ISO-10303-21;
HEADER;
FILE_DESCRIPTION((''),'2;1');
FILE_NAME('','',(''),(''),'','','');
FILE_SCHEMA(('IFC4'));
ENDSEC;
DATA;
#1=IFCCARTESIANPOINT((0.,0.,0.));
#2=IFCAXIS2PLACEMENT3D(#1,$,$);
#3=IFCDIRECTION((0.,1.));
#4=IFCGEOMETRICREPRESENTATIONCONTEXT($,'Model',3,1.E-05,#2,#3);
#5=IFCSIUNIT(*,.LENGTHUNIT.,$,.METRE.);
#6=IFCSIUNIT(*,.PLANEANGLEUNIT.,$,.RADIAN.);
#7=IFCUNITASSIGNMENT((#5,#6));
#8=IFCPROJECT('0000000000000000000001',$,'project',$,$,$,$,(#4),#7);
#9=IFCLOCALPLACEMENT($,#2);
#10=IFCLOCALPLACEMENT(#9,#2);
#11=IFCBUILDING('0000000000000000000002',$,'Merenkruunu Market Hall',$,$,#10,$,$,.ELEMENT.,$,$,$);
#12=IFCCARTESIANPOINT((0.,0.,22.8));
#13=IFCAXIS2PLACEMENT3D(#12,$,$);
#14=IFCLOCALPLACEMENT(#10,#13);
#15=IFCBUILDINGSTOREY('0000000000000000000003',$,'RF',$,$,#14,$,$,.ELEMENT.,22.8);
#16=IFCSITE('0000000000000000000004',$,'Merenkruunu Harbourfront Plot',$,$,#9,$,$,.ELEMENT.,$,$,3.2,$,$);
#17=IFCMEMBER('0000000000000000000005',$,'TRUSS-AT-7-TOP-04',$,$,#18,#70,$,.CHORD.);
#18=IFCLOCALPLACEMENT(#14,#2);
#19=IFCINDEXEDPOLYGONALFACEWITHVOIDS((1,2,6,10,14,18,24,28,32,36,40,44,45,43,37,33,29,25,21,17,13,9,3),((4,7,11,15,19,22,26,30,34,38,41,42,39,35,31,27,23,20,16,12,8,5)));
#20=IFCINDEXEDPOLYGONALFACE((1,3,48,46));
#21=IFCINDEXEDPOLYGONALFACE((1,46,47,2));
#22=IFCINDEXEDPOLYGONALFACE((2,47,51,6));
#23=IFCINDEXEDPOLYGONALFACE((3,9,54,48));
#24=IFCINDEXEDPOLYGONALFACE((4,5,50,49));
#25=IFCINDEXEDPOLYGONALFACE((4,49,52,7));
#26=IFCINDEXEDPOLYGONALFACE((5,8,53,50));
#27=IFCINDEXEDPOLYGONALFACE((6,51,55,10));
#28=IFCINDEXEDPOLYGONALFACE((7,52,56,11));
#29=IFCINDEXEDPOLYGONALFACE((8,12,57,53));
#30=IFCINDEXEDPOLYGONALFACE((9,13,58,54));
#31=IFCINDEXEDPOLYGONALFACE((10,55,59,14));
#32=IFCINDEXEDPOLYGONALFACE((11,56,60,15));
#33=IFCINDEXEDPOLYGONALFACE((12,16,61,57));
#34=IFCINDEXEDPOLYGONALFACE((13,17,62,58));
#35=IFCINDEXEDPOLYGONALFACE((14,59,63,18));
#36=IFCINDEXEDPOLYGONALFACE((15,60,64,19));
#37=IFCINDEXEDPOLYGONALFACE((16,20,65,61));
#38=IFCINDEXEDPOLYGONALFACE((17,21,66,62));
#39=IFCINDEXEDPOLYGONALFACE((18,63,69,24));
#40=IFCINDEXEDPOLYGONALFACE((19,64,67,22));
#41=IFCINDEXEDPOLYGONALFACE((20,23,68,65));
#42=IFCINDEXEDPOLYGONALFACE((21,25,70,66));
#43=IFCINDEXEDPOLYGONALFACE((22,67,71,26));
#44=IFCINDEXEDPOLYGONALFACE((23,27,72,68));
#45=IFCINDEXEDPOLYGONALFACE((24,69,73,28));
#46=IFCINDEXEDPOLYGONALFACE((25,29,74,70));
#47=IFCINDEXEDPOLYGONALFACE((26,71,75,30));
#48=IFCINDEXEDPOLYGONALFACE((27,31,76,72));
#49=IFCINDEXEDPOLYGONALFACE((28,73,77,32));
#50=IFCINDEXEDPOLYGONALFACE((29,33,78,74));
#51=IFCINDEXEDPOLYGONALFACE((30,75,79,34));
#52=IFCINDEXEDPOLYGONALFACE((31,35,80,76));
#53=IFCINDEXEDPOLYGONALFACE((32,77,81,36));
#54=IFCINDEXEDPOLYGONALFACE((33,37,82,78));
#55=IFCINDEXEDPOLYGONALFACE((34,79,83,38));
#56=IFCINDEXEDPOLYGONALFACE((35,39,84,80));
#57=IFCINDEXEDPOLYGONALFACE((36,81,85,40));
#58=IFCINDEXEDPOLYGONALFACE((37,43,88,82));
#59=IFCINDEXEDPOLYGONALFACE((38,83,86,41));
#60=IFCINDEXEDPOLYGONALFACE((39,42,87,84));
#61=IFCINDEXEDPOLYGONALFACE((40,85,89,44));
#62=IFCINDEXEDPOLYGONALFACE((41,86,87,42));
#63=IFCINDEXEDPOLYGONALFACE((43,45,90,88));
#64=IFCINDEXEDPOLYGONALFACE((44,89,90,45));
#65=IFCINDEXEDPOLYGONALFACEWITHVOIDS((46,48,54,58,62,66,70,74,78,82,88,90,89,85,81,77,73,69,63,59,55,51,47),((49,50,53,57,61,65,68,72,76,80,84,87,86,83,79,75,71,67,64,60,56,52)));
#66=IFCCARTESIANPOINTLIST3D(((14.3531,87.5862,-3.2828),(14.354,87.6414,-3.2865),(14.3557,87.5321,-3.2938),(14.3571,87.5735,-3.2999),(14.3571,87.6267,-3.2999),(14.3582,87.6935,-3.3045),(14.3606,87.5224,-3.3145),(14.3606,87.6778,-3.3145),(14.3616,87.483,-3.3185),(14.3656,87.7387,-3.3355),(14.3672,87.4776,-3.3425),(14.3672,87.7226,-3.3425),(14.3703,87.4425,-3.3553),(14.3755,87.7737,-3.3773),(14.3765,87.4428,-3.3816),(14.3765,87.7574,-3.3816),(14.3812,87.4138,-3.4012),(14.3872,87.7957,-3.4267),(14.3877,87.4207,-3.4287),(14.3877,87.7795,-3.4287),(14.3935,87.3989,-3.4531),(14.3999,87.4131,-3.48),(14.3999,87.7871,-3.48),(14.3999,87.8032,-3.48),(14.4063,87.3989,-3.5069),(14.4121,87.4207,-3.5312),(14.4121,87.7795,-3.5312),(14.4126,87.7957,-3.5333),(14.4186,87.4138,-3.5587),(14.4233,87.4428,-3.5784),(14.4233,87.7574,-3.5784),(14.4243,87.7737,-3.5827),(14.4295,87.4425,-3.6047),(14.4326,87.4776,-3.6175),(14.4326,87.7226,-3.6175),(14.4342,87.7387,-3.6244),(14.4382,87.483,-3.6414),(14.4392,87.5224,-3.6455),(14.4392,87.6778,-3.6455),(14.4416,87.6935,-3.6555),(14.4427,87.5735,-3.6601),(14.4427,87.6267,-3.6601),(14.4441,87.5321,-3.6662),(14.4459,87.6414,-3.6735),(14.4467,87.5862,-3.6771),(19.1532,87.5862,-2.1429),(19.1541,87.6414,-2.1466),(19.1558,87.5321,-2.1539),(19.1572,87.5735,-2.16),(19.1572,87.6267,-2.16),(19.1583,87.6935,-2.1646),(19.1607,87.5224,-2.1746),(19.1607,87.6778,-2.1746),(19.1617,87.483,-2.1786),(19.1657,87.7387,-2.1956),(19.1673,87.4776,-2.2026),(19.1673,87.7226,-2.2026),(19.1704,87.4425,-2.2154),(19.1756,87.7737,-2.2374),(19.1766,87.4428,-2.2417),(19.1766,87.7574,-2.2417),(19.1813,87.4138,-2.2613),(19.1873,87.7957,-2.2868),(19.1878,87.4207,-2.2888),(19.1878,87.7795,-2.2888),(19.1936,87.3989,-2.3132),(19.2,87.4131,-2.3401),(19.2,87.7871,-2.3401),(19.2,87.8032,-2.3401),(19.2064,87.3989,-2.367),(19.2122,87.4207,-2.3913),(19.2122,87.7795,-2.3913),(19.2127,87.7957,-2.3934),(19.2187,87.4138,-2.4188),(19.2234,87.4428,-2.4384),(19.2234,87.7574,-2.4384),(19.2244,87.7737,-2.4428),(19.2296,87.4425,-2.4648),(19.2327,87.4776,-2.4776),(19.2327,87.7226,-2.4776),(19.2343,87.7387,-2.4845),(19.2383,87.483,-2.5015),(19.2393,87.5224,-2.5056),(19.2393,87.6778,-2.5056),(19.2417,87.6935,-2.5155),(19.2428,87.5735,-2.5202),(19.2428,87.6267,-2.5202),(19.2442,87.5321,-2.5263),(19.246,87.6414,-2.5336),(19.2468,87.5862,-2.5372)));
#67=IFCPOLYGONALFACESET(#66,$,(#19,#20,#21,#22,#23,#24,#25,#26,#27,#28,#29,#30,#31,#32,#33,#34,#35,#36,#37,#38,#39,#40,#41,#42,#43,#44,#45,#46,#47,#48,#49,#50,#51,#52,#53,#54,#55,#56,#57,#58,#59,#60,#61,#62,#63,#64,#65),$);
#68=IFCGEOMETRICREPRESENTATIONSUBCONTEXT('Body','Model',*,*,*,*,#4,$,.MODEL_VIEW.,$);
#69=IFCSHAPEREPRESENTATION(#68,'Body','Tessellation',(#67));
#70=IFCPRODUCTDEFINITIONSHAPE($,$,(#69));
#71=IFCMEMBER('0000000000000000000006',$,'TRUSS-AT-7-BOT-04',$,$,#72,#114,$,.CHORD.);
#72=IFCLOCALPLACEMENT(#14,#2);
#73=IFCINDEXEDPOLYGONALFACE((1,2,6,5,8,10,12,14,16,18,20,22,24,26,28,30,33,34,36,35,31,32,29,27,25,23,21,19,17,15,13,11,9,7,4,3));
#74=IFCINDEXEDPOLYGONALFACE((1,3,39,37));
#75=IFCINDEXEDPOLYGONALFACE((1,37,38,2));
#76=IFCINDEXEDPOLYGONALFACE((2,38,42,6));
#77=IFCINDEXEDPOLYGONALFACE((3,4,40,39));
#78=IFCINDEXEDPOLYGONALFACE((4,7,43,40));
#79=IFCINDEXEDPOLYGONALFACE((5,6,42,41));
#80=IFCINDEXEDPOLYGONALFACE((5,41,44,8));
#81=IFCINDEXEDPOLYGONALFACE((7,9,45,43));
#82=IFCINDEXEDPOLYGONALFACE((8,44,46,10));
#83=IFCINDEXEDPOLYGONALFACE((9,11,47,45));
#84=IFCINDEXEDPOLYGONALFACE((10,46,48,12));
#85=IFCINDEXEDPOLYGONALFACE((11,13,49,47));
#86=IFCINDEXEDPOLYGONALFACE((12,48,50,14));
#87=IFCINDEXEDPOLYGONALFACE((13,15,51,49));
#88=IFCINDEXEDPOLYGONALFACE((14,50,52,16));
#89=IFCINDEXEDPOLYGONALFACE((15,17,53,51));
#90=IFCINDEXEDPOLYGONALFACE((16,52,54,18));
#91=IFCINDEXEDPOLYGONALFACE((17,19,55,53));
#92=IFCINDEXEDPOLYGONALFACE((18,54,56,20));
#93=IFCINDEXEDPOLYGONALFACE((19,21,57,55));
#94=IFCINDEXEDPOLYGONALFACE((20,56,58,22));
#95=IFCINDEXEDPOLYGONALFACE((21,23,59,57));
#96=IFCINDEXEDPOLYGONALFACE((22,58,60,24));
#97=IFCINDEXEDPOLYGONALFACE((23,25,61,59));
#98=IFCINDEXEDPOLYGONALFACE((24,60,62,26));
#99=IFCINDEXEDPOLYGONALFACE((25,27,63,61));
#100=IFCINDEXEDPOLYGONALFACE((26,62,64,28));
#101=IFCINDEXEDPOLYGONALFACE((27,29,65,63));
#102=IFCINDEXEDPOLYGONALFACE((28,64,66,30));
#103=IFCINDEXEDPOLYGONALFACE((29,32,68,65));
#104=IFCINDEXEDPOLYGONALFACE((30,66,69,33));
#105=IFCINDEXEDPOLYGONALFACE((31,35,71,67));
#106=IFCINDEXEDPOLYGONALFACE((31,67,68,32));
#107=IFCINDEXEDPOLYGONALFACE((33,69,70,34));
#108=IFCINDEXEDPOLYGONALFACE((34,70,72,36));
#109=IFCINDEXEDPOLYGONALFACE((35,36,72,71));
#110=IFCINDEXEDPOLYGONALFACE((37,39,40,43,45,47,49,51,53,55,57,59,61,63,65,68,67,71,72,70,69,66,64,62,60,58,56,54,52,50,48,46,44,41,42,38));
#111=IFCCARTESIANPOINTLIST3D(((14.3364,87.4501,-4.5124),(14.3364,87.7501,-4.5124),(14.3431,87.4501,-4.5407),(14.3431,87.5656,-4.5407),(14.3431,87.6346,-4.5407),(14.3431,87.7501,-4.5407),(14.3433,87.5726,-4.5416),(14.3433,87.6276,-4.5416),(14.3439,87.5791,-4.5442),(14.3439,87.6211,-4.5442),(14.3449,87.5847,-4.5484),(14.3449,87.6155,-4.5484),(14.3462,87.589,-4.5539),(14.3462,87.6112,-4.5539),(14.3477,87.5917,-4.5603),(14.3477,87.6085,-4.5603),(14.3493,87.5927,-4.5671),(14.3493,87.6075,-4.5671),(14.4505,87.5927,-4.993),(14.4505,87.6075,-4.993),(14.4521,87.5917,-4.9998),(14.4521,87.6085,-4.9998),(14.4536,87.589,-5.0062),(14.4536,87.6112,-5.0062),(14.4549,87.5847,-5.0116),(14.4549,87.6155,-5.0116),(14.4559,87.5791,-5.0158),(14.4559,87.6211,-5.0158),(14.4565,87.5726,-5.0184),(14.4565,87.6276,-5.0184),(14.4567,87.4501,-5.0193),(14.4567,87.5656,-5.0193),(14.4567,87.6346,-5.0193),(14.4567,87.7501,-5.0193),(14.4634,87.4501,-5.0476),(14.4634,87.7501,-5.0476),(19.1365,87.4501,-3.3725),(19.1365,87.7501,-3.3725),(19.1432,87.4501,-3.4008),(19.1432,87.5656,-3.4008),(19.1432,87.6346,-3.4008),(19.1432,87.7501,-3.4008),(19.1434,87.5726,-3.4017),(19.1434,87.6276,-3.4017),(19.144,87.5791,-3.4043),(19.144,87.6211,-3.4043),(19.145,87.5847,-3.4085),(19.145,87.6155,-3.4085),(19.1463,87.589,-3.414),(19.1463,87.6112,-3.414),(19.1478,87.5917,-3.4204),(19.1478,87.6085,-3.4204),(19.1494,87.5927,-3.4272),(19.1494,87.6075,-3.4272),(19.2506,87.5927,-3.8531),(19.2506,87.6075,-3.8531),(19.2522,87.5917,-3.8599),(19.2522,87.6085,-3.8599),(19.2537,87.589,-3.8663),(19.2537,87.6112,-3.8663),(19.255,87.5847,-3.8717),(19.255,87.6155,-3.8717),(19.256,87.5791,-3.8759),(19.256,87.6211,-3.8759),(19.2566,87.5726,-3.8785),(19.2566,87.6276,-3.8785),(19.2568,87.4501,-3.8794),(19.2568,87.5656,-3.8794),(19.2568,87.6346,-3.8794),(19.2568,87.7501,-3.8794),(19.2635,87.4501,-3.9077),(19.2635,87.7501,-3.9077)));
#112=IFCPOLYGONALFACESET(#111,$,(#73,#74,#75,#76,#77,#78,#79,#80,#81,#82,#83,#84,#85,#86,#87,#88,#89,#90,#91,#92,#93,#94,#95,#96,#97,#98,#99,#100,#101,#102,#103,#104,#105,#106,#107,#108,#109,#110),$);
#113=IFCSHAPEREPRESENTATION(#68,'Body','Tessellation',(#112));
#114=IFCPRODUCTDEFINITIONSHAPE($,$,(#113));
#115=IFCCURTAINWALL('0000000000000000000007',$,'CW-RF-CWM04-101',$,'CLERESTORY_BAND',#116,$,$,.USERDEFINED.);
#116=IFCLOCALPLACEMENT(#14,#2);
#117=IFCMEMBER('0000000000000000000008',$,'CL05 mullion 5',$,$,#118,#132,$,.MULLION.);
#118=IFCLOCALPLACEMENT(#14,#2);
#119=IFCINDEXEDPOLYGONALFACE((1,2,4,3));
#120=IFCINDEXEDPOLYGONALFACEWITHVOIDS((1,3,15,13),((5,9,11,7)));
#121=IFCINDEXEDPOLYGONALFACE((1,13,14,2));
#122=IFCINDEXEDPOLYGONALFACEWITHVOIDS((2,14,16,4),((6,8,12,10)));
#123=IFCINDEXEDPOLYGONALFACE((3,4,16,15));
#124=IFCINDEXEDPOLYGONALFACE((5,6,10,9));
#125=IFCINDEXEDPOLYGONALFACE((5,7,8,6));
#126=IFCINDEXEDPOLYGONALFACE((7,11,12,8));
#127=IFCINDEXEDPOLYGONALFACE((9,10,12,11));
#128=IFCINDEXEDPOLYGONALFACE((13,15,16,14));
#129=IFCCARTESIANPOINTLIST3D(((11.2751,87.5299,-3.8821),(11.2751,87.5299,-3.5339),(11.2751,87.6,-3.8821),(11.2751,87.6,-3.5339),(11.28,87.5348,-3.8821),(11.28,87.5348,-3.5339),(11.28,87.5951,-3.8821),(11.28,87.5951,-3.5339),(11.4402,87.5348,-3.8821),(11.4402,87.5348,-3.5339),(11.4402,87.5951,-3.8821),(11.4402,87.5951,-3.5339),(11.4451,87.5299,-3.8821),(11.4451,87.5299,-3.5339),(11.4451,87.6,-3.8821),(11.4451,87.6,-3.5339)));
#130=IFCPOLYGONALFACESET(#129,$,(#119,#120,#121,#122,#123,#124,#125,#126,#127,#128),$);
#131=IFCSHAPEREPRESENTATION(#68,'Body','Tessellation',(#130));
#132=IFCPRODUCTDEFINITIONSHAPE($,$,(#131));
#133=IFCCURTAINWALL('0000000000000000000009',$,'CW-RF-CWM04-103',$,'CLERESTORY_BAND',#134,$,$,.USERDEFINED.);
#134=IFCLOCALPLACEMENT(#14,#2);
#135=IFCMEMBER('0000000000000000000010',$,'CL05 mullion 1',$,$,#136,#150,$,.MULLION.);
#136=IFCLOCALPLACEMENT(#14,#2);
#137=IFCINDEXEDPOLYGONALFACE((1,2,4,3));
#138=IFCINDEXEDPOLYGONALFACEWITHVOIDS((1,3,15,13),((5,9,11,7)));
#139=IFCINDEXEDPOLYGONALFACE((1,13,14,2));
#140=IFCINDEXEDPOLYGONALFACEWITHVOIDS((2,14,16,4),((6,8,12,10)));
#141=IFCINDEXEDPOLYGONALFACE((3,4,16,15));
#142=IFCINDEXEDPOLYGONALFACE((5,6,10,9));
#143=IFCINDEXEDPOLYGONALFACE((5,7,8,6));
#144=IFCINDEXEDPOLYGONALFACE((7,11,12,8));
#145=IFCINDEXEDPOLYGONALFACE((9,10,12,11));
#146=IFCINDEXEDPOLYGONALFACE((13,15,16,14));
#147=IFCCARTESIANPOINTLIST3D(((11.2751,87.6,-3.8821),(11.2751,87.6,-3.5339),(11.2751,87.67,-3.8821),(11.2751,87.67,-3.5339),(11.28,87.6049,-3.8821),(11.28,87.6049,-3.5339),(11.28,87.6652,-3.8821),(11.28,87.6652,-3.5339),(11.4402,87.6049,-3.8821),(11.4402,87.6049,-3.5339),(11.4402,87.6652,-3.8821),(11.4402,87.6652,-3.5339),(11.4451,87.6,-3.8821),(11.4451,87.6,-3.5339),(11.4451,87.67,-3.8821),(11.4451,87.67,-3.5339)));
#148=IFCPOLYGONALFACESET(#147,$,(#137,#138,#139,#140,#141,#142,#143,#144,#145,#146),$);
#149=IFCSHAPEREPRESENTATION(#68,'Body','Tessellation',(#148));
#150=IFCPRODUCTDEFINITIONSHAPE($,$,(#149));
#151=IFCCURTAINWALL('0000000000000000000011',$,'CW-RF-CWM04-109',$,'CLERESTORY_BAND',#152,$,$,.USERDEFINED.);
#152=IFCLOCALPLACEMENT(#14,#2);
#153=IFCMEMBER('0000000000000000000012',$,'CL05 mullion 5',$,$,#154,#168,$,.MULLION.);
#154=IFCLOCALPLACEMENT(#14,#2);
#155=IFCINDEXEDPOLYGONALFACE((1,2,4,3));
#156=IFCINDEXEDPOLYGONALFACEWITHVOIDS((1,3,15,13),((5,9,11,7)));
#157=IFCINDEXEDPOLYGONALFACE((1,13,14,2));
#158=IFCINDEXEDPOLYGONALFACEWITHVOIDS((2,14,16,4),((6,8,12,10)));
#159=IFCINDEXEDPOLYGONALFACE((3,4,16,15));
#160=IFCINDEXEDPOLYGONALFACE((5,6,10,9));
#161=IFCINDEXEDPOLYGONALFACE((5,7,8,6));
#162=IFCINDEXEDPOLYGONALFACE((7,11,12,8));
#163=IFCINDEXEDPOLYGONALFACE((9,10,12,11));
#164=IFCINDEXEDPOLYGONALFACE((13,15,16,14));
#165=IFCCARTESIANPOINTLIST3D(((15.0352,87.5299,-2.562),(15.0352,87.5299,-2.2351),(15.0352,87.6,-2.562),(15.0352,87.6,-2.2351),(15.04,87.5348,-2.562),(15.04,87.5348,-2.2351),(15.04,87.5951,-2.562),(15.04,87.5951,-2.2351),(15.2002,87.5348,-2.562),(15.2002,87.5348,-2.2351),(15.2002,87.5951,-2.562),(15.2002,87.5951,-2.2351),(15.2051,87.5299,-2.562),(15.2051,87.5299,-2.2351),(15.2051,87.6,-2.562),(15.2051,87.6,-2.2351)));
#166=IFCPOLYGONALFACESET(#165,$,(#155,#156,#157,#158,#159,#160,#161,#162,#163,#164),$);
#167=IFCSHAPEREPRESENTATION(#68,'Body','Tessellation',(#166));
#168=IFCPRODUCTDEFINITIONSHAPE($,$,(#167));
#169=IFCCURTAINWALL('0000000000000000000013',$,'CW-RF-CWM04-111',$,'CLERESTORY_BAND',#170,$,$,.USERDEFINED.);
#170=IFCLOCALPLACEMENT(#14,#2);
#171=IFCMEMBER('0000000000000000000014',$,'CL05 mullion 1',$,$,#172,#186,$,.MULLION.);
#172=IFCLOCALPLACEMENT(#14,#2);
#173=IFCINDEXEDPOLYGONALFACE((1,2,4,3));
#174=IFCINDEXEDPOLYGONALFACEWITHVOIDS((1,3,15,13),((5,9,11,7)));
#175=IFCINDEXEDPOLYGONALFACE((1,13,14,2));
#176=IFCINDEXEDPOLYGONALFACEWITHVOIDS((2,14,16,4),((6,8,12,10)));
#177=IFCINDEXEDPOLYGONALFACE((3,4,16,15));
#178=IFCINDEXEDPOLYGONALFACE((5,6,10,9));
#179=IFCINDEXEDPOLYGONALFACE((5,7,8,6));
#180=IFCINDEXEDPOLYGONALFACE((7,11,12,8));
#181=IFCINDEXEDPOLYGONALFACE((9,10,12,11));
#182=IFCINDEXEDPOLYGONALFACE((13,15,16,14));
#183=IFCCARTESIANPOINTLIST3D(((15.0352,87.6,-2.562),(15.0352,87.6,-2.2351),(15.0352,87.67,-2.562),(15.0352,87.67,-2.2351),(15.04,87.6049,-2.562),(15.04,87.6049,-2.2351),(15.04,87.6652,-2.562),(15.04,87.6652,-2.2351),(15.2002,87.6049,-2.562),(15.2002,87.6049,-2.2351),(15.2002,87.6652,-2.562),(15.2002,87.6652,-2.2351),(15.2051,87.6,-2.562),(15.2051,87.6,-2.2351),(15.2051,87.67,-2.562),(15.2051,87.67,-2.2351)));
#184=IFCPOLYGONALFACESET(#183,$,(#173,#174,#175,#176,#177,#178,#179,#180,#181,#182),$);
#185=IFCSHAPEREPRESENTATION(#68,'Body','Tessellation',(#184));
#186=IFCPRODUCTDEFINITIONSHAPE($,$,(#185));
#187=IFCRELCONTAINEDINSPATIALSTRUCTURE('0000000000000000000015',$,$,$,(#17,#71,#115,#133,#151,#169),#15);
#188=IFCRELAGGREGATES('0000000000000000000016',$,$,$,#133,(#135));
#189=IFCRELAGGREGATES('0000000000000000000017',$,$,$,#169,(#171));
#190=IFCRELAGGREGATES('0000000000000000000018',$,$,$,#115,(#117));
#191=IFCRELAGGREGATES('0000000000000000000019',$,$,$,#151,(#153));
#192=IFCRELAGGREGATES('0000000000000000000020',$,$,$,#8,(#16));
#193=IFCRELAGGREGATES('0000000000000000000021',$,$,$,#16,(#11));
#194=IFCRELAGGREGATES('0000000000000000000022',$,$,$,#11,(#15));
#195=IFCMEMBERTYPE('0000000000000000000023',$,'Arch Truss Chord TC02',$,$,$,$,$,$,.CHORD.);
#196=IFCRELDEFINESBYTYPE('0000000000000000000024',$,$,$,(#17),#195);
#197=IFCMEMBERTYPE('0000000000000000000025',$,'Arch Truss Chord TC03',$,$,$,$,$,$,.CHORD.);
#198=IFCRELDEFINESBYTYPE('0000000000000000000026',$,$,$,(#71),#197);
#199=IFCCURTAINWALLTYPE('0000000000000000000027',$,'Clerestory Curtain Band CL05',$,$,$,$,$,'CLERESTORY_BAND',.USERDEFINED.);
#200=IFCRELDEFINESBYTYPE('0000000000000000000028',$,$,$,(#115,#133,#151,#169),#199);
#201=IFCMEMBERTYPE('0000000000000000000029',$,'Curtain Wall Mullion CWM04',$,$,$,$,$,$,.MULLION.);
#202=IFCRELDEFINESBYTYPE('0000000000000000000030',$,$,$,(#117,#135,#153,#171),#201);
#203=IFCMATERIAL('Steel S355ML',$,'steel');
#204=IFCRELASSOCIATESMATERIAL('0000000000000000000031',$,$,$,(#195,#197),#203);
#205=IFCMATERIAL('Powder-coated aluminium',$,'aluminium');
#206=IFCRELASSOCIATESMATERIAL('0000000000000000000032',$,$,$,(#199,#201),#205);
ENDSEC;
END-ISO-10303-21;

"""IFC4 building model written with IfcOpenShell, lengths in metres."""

from ifc_helpers import new_model, si_unit, direction, frame, origin, origin_2d, place, context, subcontext, project, spatial, hollow_rectangle, hollow_circle, i_section, extrude, material, material_profile, profile_set, type_object, element, aggregate, save


model = new_model("IFC4")

# Units and contexts
model_context = context("Model", 3, precision=1e-05, world=origin(), true_north=direction((0.0, 1.0)))
body_context = subcontext(model_context, "Body", "Model", "MODEL_VIEW")
ifc_project = project(units=[si_unit("LENGTHUNIT", "METRE"), si_unit("PLANEANGLEUNIT", "RADIAN")], contexts=[model_context])

# Site, building, storey
site_placement = place(None, origin())
site = spatial("IfcSite", under=ifc_project, at=site_placement, Name="Merenkruunu Harbourfront Plot", CompositionType="ELEMENT", RefElevation=3.2)
building_placement = place(site_placement, origin())
building = spatial("IfcBuilding", under=site, at=building_placement, Name="Merenkruunu Market Hall", CompositionType="ELEMENT")
storey_placement = place(building_placement, frame((0.0, 0.0, 22.8)))
storey = spatial("IfcBuildingStorey", under=building, at=storey_placement, Name="RF", CompositionType="ELEMENT", Elevation=22.8)

# Members
ifc_material_1 = material(Name="Steel S355ML", Category="steel")
ifc_material_profile_1 = material_profile(ifc_material_1, hollow_circle(Radius=0.2031, WallThickness=0.0161, at=origin_2d()), Name="CHS 406.4x16")
ifc_profile_set_1 = profile_set([ifc_material_profile_1], Name="Steel S355ML")
member_type_1 = type_object("IfcMemberType", Name="Arch Truss Chord TC02", PredefinedType="CHORD", material=ifc_profile_set_1)
member_1_placement = place(storey_placement, frame((14.3999, 87.6001, -3.48), z_axis=(0.972942, 0.0, 0.23105), x_axis=(0.0, 1.0, 0.0)))
element("IfcMember", 1, at=member_1_placement, inside=storey, type_object=member_type_1, Name="TRUSS-AT-7-TOP-04", PredefinedType="CHORD", context=body_context, shape_type="SweptSolid", body=[
    extrude(hollow_circle(Radius=0.2031, WallThickness=0.0161, at=origin_2d()), origin(), (0.0, 0.0, 1.0), 4.9336),
])
ifc_material_profile_2 = material_profile(ifc_material_1, i_section(OverallWidth=0.3, OverallDepth=0.55, WebThickness=0.0149, FlangeThickness=0.0291, FilletRadius=0.0271, at=origin_2d()), Name="HEB 550")
ifc_profile_set_2 = profile_set([ifc_material_profile_2], Name="Steel S355ML")
member_type_2 = type_object("IfcMemberType", Name="Arch Truss Chord TC03", PredefinedType="CHORD", material=ifc_profile_set_2)
member_2_placement = place(storey_placement, frame((14.3999, 87.6001, -4.78), z_axis=(0.972942, 0.0, 0.23105), x_axis=(0.0, 1.0, 0.0)))
element("IfcMember", 2, at=member_2_placement, inside=storey, type_object=member_type_2, Name="TRUSS-AT-7-BOT-04", PredefinedType="CHORD", context=body_context, shape_type="SweptSolid", body=[
    extrude(i_section(OverallWidth=0.3, OverallDepth=0.55, WebThickness=0.0149, FlangeThickness=0.0291, FilletRadius=0.0271, at=origin_2d()), origin(), (0.0, 0.0, 1.0), 4.9336),
])

# Curtain walls, members
ifc_material_2 = material(Name="Powder-coated aluminium", Category="aluminium")
curtain_wall_type = type_object("IfcCurtainWallType", Name="Clerestory Curtain Band CL05", ElementType="CLERESTORY_BAND", PredefinedType="USERDEFINED", material=ifc_material_2)
curtain_wall_1_placement = place(storey_placement, origin())
curtain_wall_1 = element("IfcCurtainWall", 3, at=curtain_wall_1_placement, inside=storey, type_object=curtain_wall_type, Name="CW-RF-CWM04-101", ObjectType="CLERESTORY_BAND", PredefinedType="USERDEFINED")
ifc_material_profile_3 = material_profile(ifc_material_2, hollow_rectangle(XDim=0.0701, YDim=0.1699, WallThickness=0.0049, at=origin_2d()), Name="ALU 70x170x5")
ifc_profile_set_3 = profile_set([ifc_material_profile_3], Name="Powder-coated aluminium")
member_type_3 = type_object("IfcMemberType", Name="Curtain Wall Mullion CWM04", PredefinedType="MULLION", material=ifc_profile_set_3)
member_3_placement = place(storey_placement, frame((11.3601, 87.5649, -3.8821), z_axis=(0.0, 0.0, 1.0), x_axis=(0.0, 1.0, 0.0)))
member_3 = element("IfcMember", 4, at=member_3_placement, type_object=member_type_3, Name="CL05 mullion 5", PredefinedType="MULLION", context=body_context, shape_type="SweptSolid", body=[
    extrude(hollow_rectangle(XDim=0.0701, YDim=0.1699, WallThickness=0.0049, at=origin_2d()), origin(), (0.0, 0.0, 1.0), 0.3481),
])
curtain_wall_2_placement = place(storey_placement, origin())
curtain_wall_2 = element("IfcCurtainWall", 5, at=curtain_wall_2_placement, inside=storey, type_object=curtain_wall_type, Name="CW-RF-CWM04-103", ObjectType="CLERESTORY_BAND", PredefinedType="USERDEFINED")
member_4_placement = place(storey_placement, frame((11.3601, 87.635, -3.8821), z_axis=(0.0, 0.0, 1.0), x_axis=(0.0, 1.0, 0.0)))
member_4 = element("IfcMember", 6, at=member_4_placement, type_object=member_type_3, Name="CL05 mullion 1", PredefinedType="MULLION", context=body_context, shape_type="SweptSolid", body=[
    extrude(hollow_rectangle(XDim=0.0701, YDim=0.1699, WallThickness=0.0049, at=origin_2d()), origin(), (0.0, 0.0, 1.0), 0.3481),
])
aggregate(curtain_wall_2, [member_4])
curtain_wall_3_placement = place(storey_placement, origin())
curtain_wall_3 = element("IfcCurtainWall", 7, at=curtain_wall_3_placement, inside=storey, type_object=curtain_wall_type, Name="CW-RF-CWM04-109", ObjectType="CLERESTORY_BAND", PredefinedType="USERDEFINED")
member_5_placement = place(storey_placement, frame((15.1201, 87.5649, -2.562), z_axis=(0.0, 0.0, 1.0), x_axis=(0.0, 1.0, 0.0)))
member_5 = element("IfcMember", 8, at=member_5_placement, type_object=member_type_3, Name="CL05 mullion 5", PredefinedType="MULLION", context=body_context, shape_type="SweptSolid", body=[
    extrude(hollow_rectangle(XDim=0.0701, YDim=0.1699, WallThickness=0.0049, at=origin_2d()), origin(), (0.0, 0.0, 1.0), 0.3269),
])
curtain_wall_4_placement = place(storey_placement, origin())
curtain_wall_4 = element("IfcCurtainWall", 9, at=curtain_wall_4_placement, inside=storey, type_object=curtain_wall_type, Name="CW-RF-CWM04-111", ObjectType="CLERESTORY_BAND", PredefinedType="USERDEFINED")
member_6_placement = place(storey_placement, frame((15.1201, 87.635, -2.562), z_axis=(0.0, 0.0, 1.0), x_axis=(0.0, 1.0, 0.0)))
member_6 = element("IfcMember", 10, at=member_6_placement, type_object=member_type_3, Name="CL05 mullion 1", PredefinedType="MULLION", context=body_context, shape_type="SweptSolid", body=[
    extrude(hollow_rectangle(XDim=0.0701, YDim=0.1699, WallThickness=0.0049, at=origin_2d()), origin(), (0.0, 0.0, 1.0), 0.3269),
])
aggregate(curtain_wall_4, [member_6])

aggregate(curtain_wall_1, [member_3])
aggregate(curtain_wall_3, [member_5])

save(model, "model.ifc")
